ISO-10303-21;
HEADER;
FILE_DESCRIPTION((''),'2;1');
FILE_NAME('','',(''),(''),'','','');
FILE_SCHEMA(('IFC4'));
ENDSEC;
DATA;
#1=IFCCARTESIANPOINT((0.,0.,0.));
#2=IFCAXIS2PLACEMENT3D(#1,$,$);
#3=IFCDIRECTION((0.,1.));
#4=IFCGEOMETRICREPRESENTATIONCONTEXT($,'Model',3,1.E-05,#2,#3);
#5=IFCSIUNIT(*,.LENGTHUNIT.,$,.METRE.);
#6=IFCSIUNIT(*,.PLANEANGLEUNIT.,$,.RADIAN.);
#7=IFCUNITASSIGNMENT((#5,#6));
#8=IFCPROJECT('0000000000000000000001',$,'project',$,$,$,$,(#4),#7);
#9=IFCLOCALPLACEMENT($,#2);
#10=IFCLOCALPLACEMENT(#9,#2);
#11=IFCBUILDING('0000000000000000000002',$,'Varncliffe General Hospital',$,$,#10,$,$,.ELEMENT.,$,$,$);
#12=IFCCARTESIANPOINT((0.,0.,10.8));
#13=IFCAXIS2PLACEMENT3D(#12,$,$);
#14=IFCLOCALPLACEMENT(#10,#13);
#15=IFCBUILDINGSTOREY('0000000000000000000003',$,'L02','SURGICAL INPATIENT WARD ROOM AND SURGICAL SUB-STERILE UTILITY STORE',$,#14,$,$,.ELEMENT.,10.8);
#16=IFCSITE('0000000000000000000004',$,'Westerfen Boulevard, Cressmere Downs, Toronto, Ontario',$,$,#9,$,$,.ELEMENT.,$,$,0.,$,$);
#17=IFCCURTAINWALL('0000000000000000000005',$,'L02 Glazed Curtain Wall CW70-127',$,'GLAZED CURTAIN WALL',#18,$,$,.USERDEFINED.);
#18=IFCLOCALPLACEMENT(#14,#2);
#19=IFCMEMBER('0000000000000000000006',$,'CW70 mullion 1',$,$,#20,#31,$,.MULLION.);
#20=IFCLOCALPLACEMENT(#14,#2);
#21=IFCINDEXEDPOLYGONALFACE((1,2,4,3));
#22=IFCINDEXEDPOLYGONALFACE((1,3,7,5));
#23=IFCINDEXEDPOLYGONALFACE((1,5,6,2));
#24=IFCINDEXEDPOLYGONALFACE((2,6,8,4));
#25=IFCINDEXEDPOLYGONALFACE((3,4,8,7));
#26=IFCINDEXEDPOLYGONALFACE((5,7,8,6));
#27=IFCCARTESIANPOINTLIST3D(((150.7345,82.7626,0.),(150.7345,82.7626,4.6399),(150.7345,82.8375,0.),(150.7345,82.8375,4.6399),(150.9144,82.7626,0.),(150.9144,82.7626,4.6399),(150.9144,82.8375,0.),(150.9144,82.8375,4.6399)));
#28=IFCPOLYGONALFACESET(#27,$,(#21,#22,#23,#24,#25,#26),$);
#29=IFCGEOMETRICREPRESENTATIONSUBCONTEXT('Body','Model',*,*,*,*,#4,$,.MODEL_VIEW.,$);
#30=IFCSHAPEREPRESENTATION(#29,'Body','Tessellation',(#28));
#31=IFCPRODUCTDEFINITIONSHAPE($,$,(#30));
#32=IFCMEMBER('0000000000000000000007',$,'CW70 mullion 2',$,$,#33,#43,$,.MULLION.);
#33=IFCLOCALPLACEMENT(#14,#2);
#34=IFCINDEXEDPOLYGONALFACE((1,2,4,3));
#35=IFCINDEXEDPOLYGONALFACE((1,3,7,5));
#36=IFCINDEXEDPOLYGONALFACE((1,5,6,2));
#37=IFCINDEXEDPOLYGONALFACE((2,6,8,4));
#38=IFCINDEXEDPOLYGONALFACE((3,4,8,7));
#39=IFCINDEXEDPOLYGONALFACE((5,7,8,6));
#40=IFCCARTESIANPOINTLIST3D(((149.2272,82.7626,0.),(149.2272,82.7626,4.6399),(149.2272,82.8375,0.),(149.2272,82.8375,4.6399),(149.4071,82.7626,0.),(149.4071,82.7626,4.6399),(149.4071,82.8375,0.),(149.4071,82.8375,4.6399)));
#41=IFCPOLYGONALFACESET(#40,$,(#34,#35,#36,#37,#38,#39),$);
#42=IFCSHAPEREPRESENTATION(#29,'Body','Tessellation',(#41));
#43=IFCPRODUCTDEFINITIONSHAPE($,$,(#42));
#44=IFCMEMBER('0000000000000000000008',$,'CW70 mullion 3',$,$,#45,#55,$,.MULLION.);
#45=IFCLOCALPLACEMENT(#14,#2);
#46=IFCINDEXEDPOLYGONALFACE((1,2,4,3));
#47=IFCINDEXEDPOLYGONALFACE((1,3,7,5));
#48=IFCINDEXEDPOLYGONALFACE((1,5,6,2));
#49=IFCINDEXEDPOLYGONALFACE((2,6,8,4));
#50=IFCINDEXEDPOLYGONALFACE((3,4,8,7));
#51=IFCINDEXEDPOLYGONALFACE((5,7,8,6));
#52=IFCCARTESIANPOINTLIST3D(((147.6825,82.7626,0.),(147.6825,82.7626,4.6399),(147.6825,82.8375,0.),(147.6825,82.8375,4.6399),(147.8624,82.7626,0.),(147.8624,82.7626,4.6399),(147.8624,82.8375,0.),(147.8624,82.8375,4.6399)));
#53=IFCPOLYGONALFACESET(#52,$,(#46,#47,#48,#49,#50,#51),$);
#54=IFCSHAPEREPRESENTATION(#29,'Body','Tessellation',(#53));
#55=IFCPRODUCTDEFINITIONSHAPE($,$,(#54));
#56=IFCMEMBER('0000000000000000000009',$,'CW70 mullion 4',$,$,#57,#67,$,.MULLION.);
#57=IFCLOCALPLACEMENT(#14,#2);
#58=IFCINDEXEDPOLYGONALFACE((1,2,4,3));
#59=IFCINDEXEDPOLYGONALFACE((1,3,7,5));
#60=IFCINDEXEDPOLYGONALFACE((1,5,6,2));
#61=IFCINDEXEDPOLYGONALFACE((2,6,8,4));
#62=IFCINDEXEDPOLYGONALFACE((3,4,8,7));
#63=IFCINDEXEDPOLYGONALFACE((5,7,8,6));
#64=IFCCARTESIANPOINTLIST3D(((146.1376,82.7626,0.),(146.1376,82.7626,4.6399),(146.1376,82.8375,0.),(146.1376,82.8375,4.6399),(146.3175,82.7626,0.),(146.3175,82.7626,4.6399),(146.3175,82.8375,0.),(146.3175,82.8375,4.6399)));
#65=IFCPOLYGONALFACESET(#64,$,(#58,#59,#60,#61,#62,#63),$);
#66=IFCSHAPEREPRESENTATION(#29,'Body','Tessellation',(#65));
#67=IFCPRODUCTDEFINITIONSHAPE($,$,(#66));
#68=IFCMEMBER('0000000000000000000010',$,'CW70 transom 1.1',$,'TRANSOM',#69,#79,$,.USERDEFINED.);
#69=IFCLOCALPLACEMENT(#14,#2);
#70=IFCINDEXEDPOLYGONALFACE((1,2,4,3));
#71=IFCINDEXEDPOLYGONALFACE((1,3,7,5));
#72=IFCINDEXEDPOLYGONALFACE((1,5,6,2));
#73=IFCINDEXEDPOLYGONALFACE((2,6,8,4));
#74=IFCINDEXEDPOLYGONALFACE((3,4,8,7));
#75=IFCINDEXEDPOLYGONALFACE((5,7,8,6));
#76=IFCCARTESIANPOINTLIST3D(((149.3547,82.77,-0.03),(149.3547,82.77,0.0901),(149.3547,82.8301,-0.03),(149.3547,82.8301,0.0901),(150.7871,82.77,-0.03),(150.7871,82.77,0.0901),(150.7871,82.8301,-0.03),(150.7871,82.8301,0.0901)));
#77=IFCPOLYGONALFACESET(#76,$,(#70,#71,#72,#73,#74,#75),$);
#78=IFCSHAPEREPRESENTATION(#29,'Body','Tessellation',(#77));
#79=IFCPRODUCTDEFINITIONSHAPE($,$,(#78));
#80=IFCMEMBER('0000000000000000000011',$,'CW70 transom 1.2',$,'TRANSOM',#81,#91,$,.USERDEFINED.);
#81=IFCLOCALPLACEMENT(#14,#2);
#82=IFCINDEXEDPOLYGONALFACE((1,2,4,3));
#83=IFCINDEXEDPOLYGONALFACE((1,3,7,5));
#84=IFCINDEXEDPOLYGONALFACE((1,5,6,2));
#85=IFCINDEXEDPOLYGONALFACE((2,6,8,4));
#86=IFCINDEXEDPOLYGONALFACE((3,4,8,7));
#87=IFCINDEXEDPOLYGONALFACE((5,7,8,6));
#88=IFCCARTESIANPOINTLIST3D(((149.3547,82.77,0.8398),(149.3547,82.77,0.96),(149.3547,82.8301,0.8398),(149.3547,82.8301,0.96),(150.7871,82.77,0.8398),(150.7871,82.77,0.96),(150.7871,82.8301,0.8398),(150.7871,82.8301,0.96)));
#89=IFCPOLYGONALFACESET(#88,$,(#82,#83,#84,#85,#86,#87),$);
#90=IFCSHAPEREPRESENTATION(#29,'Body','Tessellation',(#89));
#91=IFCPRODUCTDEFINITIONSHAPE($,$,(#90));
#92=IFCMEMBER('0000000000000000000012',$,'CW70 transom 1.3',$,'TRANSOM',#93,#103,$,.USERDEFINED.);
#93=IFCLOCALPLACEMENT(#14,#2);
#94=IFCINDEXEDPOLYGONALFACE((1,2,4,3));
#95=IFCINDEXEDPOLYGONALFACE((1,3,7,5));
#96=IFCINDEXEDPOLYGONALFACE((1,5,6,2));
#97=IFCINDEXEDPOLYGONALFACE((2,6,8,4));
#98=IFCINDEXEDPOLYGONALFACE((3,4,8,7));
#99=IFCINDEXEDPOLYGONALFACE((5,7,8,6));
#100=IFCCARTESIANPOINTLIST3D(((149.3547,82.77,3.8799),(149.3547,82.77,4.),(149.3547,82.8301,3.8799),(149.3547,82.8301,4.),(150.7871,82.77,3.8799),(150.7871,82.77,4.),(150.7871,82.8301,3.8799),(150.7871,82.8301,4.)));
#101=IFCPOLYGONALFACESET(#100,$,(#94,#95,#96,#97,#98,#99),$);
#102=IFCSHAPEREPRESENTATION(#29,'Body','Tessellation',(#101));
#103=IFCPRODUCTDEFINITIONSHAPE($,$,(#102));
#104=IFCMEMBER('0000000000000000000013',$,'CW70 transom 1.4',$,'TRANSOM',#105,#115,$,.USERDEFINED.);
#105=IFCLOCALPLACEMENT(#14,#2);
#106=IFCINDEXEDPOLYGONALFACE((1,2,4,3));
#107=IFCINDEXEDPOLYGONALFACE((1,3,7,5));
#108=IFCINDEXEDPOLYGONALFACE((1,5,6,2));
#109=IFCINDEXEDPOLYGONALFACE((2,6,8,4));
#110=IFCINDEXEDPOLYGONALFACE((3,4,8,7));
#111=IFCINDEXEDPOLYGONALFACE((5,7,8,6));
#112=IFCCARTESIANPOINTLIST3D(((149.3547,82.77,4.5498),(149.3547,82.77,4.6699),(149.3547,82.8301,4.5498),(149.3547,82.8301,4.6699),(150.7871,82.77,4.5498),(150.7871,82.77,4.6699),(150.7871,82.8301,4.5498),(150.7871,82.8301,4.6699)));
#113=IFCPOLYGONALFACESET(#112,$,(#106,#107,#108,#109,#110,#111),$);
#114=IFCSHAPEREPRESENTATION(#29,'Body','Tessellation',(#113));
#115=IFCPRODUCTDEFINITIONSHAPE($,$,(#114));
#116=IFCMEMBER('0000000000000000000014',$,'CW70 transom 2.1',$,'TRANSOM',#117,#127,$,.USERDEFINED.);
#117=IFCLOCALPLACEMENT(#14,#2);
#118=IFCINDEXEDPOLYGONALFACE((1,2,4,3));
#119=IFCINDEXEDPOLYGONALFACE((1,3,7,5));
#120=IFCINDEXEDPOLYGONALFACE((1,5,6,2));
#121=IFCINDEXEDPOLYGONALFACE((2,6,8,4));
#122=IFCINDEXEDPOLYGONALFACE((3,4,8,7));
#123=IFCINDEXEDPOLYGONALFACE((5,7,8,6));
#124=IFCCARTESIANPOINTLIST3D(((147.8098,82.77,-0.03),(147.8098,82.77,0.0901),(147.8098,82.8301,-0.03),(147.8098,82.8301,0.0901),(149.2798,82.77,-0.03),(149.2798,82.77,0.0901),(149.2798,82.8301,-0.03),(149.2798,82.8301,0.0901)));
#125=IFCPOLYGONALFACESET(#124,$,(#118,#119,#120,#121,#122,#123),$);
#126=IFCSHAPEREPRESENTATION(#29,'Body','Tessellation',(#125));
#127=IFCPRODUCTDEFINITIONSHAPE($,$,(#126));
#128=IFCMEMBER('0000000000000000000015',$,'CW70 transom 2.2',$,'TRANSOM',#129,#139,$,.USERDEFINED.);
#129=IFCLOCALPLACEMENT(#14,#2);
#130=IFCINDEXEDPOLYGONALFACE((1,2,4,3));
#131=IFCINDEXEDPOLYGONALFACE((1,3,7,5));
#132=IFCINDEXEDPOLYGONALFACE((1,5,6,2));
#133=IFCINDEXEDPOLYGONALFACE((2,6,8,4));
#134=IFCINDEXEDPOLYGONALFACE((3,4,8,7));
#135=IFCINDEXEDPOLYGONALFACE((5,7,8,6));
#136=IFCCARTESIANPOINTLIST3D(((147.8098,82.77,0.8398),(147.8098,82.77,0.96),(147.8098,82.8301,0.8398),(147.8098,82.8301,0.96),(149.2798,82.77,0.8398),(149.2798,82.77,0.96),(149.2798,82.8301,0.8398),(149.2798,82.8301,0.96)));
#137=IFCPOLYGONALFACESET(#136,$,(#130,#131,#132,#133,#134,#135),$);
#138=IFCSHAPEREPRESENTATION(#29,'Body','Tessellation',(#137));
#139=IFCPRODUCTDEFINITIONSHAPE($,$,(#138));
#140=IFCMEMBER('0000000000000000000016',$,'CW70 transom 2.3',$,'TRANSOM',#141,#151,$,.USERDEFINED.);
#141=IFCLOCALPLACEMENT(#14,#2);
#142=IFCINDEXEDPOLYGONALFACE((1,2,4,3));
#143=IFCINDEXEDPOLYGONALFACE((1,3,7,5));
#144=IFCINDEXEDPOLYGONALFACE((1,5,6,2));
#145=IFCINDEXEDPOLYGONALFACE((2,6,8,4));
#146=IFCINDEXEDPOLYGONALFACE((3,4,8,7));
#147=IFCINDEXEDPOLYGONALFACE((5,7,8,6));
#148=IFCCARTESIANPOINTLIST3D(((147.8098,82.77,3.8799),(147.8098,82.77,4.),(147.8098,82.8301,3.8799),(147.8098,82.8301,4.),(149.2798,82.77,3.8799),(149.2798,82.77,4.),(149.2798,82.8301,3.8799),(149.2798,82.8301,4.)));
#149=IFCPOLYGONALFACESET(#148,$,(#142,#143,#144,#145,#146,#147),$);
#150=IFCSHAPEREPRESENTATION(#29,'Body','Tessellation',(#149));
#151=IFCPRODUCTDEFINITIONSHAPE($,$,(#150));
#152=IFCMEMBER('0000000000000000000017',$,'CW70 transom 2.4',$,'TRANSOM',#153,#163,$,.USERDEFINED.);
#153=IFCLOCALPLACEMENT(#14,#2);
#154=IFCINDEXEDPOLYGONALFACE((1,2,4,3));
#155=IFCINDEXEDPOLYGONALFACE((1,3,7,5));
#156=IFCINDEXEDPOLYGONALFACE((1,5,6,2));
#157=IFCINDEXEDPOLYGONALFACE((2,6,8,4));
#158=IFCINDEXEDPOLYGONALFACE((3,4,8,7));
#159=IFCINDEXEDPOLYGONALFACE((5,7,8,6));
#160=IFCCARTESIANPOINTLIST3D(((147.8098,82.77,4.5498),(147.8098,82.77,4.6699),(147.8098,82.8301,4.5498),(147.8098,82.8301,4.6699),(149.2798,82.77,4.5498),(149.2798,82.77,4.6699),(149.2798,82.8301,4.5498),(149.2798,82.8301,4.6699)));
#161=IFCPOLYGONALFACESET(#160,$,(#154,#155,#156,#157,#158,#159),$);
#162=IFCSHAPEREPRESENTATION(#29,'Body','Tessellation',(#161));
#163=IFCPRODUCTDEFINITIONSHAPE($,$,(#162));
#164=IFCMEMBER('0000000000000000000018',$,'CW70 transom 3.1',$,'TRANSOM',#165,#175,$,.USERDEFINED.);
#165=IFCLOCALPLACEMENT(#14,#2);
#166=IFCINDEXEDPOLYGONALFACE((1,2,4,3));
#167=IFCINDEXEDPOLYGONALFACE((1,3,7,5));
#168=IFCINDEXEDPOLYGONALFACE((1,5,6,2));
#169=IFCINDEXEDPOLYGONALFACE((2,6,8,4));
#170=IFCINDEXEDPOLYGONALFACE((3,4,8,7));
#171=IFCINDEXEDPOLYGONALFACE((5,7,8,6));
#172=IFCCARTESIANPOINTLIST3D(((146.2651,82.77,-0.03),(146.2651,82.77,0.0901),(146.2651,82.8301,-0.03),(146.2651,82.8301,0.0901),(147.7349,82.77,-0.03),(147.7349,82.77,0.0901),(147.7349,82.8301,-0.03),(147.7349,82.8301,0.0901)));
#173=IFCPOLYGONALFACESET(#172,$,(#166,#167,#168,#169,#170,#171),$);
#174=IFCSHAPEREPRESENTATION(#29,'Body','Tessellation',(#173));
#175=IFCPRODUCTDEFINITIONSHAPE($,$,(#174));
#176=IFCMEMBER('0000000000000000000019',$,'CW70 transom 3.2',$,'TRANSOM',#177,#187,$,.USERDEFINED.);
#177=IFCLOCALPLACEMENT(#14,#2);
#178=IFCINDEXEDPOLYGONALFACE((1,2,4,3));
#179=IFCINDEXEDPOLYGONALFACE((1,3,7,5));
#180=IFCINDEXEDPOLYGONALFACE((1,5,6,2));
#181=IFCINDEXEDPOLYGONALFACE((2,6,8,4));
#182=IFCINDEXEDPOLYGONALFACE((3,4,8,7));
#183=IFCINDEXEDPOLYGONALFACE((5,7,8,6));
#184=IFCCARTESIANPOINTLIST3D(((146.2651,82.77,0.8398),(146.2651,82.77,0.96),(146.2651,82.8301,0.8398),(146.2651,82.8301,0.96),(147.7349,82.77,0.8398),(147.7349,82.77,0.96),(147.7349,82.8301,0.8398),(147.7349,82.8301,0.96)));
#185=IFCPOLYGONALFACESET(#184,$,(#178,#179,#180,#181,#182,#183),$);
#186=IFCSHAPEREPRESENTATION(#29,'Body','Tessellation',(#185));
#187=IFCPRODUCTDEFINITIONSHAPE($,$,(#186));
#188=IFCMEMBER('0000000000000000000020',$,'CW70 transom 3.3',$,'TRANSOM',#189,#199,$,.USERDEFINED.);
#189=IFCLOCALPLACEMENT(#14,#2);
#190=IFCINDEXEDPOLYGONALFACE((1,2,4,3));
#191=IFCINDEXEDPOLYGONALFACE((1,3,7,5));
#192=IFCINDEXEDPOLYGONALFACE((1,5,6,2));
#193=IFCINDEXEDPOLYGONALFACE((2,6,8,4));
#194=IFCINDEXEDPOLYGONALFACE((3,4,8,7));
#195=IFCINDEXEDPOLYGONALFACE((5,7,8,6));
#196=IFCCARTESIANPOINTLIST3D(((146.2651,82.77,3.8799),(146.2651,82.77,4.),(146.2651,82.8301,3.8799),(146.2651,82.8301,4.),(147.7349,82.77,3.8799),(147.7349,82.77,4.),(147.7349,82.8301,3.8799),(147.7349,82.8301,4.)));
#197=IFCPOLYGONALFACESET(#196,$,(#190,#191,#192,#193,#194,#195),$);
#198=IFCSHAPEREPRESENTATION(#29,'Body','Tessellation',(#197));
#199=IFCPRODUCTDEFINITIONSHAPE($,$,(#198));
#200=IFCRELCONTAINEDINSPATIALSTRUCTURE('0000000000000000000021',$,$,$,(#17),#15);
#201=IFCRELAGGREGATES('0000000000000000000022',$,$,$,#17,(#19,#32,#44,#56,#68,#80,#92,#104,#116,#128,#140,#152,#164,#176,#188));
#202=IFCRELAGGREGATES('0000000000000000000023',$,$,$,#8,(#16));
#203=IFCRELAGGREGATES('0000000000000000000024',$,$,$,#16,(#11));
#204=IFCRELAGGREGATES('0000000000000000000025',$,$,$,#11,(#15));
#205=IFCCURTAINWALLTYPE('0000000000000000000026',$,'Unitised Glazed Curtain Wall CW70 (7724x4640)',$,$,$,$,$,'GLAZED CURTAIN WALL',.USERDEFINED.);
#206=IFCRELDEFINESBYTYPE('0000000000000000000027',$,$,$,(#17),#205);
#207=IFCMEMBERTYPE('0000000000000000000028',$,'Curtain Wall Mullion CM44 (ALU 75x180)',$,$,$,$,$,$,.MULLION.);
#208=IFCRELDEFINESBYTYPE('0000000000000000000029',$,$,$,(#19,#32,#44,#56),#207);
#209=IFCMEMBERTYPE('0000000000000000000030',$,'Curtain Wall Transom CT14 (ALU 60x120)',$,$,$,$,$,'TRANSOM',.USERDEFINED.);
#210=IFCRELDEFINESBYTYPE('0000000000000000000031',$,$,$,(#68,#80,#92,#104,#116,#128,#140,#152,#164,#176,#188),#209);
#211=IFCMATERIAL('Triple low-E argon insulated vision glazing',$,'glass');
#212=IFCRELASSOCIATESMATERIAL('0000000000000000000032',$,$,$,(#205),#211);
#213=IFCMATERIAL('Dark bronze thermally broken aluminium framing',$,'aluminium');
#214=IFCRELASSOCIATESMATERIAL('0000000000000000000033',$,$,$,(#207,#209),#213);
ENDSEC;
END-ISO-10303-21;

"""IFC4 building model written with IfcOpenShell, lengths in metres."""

from ifc_helpers import new_model, si_unit, direction, frame, origin, origin_2d, place, context, subcontext, project, spatial, rectangle, extrude, material, material_profile, profile_set, type_object, element, aggregate, save


model = new_model("IFC4")

# Units and contexts
model_context = context("Model", 3, precision=1e-05, world=origin(), true_north=direction((0.0, 1.0)))
body_context = subcontext(model_context, "Body", "Model", "MODEL_VIEW")
ifc_project = project(units=[si_unit("LENGTHUNIT", "METRE"), si_unit("PLANEANGLEUNIT", "RADIAN")], contexts=[model_context])

# Site, building, storey
site_placement = place(None, origin())
site = spatial("IfcSite", under=ifc_project, at=site_placement, Name="Westerfen Boulevard, Cressmere Downs, Toronto, Ontario", CompositionType="ELEMENT", RefElevation=0.0)
building_placement = place(site_placement, origin())
building = spatial("IfcBuilding", under=site, at=building_placement, Name="Varncliffe General Hospital", CompositionType="ELEMENT")
storey_placement = place(building_placement, frame((0.0, 0.0, 10.8)))
storey = spatial("IfcBuildingStorey", under=building, at=storey_placement, Name="L02", Description="SURGICAL INPATIENT WARD ROOM AND SURGICAL SUB-STERILE UTILITY STORE", CompositionType="ELEMENT", Elevation=10.8)

# Curtain wall, members
ifc_material_1 = material(Name="Triple low-E argon insulated vision glazing", Category="glass")
curtain_wall_type = type_object("IfcCurtainWallType", Name="Unitised Glazed Curtain Wall CW70 (7724x4640)", ElementType="GLAZED CURTAIN WALL", PredefinedType="USERDEFINED", material=ifc_material_1)
curtain_wall_placement = place(storey_placement, origin())
curtain_wall = element("IfcCurtainWall", 1, at=curtain_wall_placement, inside=storey, type_object=curtain_wall_type, Name="L02 Glazed Curtain Wall CW70-127", ObjectType="GLAZED CURTAIN WALL", PredefinedType="USERDEFINED")
ifc_material_2 = material(Name="Dark bronze thermally broken aluminium framing", Category="aluminium")
ifc_material_profile_1 = material_profile(ifc_material_2, rectangle(XDim=0.075, YDim=0.1799, at=origin_2d()), Name="ALU 75x180")
ifc_profile_set_1 = profile_set([ifc_material_profile_1], Name="Dark bronze thermally broken aluminium framing")
member_type_1 = type_object("IfcMemberType", Name="Curtain Wall Mullion CM44 (ALU 75x180)", PredefinedType="MULLION", material=ifc_profile_set_1)
member_1_placement = place(storey_placement, frame((150.8245, 82.8, 0.0), z_axis=(0.0, 0.0, 1.0), x_axis=(0.0, -1.0, 0.0)))
member_1 = element("IfcMember", 2, at=member_1_placement, type_object=member_type_1, Name="CW70 mullion 1", PredefinedType="MULLION", context=body_context, shape_type="SweptSolid", body=[
    extrude(rectangle(XDim=0.075, YDim=0.1799, at=origin_2d()), origin(), (0.0, 0.0, 1.0), 4.6399),
])
member_2_placement = place(storey_placement, frame((149.3171, 82.8, 0.0), z_axis=(0.0, 0.0, 1.0), x_axis=(0.0, -1.0, 0.0)))
member_2 = element("IfcMember", 3, at=member_2_placement, type_object=member_type_1, Name="CW70 mullion 2", PredefinedType="MULLION", context=body_context, shape_type="SweptSolid", body=[
    extrude(rectangle(XDim=0.075, YDim=0.1799, at=origin_2d()), origin(), (0.0, 0.0, 1.0), 4.6399),
])
member_3_placement = place(storey_placement, frame((147.7725, 82.8, 0.0), z_axis=(0.0, 0.0, 1.0), x_axis=(0.0, -1.0, 0.0)))
member_3 = element("IfcMember", 4, at=member_3_placement, type_object=member_type_1, Name="CW70 mullion 3", PredefinedType="MULLION", context=body_context, shape_type="SweptSolid", body=[
    extrude(rectangle(XDim=0.075, YDim=0.1799, at=origin_2d()), origin(), (0.0, 0.0, 1.0), 4.6399),
])
member_4_placement = place(storey_placement, frame((146.2275, 82.8, 0.0), z_axis=(0.0, 0.0, 1.0), x_axis=(0.0, -1.0, 0.0)))
member_4 = element("IfcMember", 5, at=member_4_placement, type_object=member_type_1, Name="CW70 mullion 4", PredefinedType="MULLION", context=body_context, shape_type="SweptSolid", body=[
    extrude(rectangle(XDim=0.075, YDim=0.1799, at=origin_2d()), origin(), (0.0, 0.0, 1.0), 4.6399),
])
ifc_material_profile_2 = material_profile(ifc_material_2, rectangle(XDim=0.0601, YDim=0.1201, at=origin_2d()), Name="ALU 60x120")
ifc_profile_set_2 = profile_set([ifc_material_profile_2], Name="Dark bronze thermally broken aluminium framing")
member_type_2 = type_object("IfcMemberType", Name="Curtain Wall Transom CT14 (ALU 60x120)", ElementType="TRANSOM", PredefinedType="USERDEFINED", material=ifc_profile_set_2)
member_5_placement = place(storey_placement, frame((150.7871, 82.8, 0.03), z_axis=(-1.0, 0.0, 0.0), x_axis=(0.0, -1.0, 0.0)))
member_5 = element("IfcMember", 6, at=member_5_placement, type_object=member_type_2, Name="CW70 transom 1.1", ObjectType="TRANSOM", PredefinedType="USERDEFINED", context=body_context, shape_type="SweptSolid", body=[
    extrude(rectangle(XDim=0.0601, YDim=0.1201, at=origin_2d()), origin(), (0.0, 0.0, 1.0), 1.4324),
])
member_6_placement = place(storey_placement, frame((150.7871, 82.8, 0.8999), z_axis=(-1.0, 0.0, 0.0), x_axis=(0.0, -1.0, 0.0)))
member_6 = element("IfcMember", 7, at=member_6_placement, type_object=member_type_2, Name="CW70 transom 1.2", ObjectType="TRANSOM", PredefinedType="USERDEFINED", context=body_context, shape_type="SweptSolid", body=[
    extrude(rectangle(XDim=0.0601, YDim=0.1201, at=origin_2d()), origin(), (0.0, 0.0, 1.0), 1.4324),
])
member_7_placement = place(storey_placement, frame((150.7871, 82.8, 3.9399), z_axis=(-1.0, 0.0, 0.0), x_axis=(0.0, -1.0, 0.0)))
member_7 = element("IfcMember", 8, at=member_7_placement, type_object=member_type_2, Name="CW70 transom 1.3", ObjectType="TRANSOM", PredefinedType="USERDEFINED", context=body_context, shape_type="SweptSolid", body=[
    extrude(rectangle(XDim=0.0601, YDim=0.1201, at=origin_2d()), origin(), (0.0, 0.0, 1.0), 1.4324),
])
member_8_placement = place(storey_placement, frame((150.7871, 82.8, 4.6099), z_axis=(-1.0, 0.0, 0.0), x_axis=(0.0, -1.0, 0.0)))
member_8 = element("IfcMember", 9, at=member_8_placement, type_object=member_type_2, Name="CW70 transom 1.4", ObjectType="TRANSOM", PredefinedType="USERDEFINED", context=body_context, shape_type="SweptSolid", body=[
    extrude(rectangle(XDim=0.0601, YDim=0.1201, at=origin_2d()), origin(), (0.0, 0.0, 1.0), 1.4324),
])
member_9_placement = place(storey_placement, frame((149.2798, 82.8, 0.03), z_axis=(-1.0, 0.0, 0.0), x_axis=(0.0, -1.0, 0.0)))
member_9 = element("IfcMember", 10, at=member_9_placement, type_object=member_type_2, Name="CW70 transom 2.1", ObjectType="TRANSOM", PredefinedType="USERDEFINED", context=body_context, shape_type="SweptSolid", body=[
    extrude(rectangle(XDim=0.0601, YDim=0.1201, at=origin_2d()), origin(), (0.0, 0.0, 1.0), 1.47),
])
member_10_placement = place(storey_placement, frame((149.2798, 82.8, 0.8999), z_axis=(-1.0, 0.0, 0.0), x_axis=(0.0, -1.0, 0.0)))
member_10 = element("IfcMember", 11, at=member_10_placement, type_object=member_type_2, Name="CW70 transom 2.2", ObjectType="TRANSOM", PredefinedType="USERDEFINED", context=body_context, shape_type="SweptSolid", body=[
    extrude(rectangle(XDim=0.0601, YDim=0.1201, at=origin_2d()), origin(), (0.0, 0.0, 1.0), 1.47),
])
member_11_placement = place(storey_placement, frame((149.2798, 82.8, 3.9399), z_axis=(-1.0, 0.0, 0.0), x_axis=(0.0, -1.0, 0.0)))
member_11 = element("IfcMember", 12, at=member_11_placement, type_object=member_type_2, Name="CW70 transom 2.3", ObjectType="TRANSOM", PredefinedType="USERDEFINED", context=body_context, shape_type="SweptSolid", body=[
    extrude(rectangle(XDim=0.0601, YDim=0.1201, at=origin_2d()), origin(), (0.0, 0.0, 1.0), 1.47),
])
member_12_placement = place(storey_placement, frame((149.2798, 82.8, 4.6099), z_axis=(-1.0, 0.0, 0.0), x_axis=(0.0, -1.0, 0.0)))
member_12 = element("IfcMember", 13, at=member_12_placement, type_object=member_type_2, Name="CW70 transom 2.4", ObjectType="TRANSOM", PredefinedType="USERDEFINED", context=body_context, shape_type="SweptSolid", body=[
    extrude(rectangle(XDim=0.0601, YDim=0.1201, at=origin_2d()), origin(), (0.0, 0.0, 1.0), 1.47),
])
member_13_placement = place(storey_placement, frame((147.7349, 82.8, 0.03), z_axis=(-1.0, 0.0, 0.0), x_axis=(0.0, -1.0, 0.0)))
member_13 = element("IfcMember", 14, at=member_13_placement, type_object=member_type_2, Name="CW70 transom 3.1", ObjectType="TRANSOM", PredefinedType="USERDEFINED", context=body_context, shape_type="SweptSolid", body=[
    extrude(rectangle(XDim=0.0601, YDim=0.1201, at=origin_2d()), origin(), (0.0, 0.0, 1.0), 1.4697),
])
member_14_placement = place(storey_placement, frame((147.7349, 82.8, 0.8999), z_axis=(-1.0, 0.0, 0.0), x_axis=(0.0, -1.0, 0.0)))
member_14 = element("IfcMember", 15, at=member_14_placement, type_object=member_type_2, Name="CW70 transom 3.2", ObjectType="TRANSOM", PredefinedType="USERDEFINED", context=body_context, shape_type="SweptSolid", body=[
    extrude(rectangle(XDim=0.0601, YDim=0.1201, at=origin_2d()), origin(), (0.0, 0.0, 1.0), 1.4697),
])
member_15_placement = place(storey_placement, frame((147.7349, 82.8, 3.9399), z_axis=(-1.0, 0.0, 0.0), x_axis=(0.0, -1.0, 0.0)))
member_15 = element("IfcMember", 16, at=member_15_placement, type_object=member_type_2, Name="CW70 transom 3.3", ObjectType="TRANSOM", PredefinedType="USERDEFINED", context=body_context, shape_type="SweptSolid", body=[
    extrude(rectangle(XDim=0.0601, YDim=0.1201, at=origin_2d()), origin(), (0.0, 0.0, 1.0), 1.4697),
])
aggregate(curtain_wall, [member_1, member_2, member_3, member_4, member_5, member_6, member_7, member_8, member_9, member_10, member_11, member_12, member_13, member_14, member_15])

save(model, "model.ifc")
